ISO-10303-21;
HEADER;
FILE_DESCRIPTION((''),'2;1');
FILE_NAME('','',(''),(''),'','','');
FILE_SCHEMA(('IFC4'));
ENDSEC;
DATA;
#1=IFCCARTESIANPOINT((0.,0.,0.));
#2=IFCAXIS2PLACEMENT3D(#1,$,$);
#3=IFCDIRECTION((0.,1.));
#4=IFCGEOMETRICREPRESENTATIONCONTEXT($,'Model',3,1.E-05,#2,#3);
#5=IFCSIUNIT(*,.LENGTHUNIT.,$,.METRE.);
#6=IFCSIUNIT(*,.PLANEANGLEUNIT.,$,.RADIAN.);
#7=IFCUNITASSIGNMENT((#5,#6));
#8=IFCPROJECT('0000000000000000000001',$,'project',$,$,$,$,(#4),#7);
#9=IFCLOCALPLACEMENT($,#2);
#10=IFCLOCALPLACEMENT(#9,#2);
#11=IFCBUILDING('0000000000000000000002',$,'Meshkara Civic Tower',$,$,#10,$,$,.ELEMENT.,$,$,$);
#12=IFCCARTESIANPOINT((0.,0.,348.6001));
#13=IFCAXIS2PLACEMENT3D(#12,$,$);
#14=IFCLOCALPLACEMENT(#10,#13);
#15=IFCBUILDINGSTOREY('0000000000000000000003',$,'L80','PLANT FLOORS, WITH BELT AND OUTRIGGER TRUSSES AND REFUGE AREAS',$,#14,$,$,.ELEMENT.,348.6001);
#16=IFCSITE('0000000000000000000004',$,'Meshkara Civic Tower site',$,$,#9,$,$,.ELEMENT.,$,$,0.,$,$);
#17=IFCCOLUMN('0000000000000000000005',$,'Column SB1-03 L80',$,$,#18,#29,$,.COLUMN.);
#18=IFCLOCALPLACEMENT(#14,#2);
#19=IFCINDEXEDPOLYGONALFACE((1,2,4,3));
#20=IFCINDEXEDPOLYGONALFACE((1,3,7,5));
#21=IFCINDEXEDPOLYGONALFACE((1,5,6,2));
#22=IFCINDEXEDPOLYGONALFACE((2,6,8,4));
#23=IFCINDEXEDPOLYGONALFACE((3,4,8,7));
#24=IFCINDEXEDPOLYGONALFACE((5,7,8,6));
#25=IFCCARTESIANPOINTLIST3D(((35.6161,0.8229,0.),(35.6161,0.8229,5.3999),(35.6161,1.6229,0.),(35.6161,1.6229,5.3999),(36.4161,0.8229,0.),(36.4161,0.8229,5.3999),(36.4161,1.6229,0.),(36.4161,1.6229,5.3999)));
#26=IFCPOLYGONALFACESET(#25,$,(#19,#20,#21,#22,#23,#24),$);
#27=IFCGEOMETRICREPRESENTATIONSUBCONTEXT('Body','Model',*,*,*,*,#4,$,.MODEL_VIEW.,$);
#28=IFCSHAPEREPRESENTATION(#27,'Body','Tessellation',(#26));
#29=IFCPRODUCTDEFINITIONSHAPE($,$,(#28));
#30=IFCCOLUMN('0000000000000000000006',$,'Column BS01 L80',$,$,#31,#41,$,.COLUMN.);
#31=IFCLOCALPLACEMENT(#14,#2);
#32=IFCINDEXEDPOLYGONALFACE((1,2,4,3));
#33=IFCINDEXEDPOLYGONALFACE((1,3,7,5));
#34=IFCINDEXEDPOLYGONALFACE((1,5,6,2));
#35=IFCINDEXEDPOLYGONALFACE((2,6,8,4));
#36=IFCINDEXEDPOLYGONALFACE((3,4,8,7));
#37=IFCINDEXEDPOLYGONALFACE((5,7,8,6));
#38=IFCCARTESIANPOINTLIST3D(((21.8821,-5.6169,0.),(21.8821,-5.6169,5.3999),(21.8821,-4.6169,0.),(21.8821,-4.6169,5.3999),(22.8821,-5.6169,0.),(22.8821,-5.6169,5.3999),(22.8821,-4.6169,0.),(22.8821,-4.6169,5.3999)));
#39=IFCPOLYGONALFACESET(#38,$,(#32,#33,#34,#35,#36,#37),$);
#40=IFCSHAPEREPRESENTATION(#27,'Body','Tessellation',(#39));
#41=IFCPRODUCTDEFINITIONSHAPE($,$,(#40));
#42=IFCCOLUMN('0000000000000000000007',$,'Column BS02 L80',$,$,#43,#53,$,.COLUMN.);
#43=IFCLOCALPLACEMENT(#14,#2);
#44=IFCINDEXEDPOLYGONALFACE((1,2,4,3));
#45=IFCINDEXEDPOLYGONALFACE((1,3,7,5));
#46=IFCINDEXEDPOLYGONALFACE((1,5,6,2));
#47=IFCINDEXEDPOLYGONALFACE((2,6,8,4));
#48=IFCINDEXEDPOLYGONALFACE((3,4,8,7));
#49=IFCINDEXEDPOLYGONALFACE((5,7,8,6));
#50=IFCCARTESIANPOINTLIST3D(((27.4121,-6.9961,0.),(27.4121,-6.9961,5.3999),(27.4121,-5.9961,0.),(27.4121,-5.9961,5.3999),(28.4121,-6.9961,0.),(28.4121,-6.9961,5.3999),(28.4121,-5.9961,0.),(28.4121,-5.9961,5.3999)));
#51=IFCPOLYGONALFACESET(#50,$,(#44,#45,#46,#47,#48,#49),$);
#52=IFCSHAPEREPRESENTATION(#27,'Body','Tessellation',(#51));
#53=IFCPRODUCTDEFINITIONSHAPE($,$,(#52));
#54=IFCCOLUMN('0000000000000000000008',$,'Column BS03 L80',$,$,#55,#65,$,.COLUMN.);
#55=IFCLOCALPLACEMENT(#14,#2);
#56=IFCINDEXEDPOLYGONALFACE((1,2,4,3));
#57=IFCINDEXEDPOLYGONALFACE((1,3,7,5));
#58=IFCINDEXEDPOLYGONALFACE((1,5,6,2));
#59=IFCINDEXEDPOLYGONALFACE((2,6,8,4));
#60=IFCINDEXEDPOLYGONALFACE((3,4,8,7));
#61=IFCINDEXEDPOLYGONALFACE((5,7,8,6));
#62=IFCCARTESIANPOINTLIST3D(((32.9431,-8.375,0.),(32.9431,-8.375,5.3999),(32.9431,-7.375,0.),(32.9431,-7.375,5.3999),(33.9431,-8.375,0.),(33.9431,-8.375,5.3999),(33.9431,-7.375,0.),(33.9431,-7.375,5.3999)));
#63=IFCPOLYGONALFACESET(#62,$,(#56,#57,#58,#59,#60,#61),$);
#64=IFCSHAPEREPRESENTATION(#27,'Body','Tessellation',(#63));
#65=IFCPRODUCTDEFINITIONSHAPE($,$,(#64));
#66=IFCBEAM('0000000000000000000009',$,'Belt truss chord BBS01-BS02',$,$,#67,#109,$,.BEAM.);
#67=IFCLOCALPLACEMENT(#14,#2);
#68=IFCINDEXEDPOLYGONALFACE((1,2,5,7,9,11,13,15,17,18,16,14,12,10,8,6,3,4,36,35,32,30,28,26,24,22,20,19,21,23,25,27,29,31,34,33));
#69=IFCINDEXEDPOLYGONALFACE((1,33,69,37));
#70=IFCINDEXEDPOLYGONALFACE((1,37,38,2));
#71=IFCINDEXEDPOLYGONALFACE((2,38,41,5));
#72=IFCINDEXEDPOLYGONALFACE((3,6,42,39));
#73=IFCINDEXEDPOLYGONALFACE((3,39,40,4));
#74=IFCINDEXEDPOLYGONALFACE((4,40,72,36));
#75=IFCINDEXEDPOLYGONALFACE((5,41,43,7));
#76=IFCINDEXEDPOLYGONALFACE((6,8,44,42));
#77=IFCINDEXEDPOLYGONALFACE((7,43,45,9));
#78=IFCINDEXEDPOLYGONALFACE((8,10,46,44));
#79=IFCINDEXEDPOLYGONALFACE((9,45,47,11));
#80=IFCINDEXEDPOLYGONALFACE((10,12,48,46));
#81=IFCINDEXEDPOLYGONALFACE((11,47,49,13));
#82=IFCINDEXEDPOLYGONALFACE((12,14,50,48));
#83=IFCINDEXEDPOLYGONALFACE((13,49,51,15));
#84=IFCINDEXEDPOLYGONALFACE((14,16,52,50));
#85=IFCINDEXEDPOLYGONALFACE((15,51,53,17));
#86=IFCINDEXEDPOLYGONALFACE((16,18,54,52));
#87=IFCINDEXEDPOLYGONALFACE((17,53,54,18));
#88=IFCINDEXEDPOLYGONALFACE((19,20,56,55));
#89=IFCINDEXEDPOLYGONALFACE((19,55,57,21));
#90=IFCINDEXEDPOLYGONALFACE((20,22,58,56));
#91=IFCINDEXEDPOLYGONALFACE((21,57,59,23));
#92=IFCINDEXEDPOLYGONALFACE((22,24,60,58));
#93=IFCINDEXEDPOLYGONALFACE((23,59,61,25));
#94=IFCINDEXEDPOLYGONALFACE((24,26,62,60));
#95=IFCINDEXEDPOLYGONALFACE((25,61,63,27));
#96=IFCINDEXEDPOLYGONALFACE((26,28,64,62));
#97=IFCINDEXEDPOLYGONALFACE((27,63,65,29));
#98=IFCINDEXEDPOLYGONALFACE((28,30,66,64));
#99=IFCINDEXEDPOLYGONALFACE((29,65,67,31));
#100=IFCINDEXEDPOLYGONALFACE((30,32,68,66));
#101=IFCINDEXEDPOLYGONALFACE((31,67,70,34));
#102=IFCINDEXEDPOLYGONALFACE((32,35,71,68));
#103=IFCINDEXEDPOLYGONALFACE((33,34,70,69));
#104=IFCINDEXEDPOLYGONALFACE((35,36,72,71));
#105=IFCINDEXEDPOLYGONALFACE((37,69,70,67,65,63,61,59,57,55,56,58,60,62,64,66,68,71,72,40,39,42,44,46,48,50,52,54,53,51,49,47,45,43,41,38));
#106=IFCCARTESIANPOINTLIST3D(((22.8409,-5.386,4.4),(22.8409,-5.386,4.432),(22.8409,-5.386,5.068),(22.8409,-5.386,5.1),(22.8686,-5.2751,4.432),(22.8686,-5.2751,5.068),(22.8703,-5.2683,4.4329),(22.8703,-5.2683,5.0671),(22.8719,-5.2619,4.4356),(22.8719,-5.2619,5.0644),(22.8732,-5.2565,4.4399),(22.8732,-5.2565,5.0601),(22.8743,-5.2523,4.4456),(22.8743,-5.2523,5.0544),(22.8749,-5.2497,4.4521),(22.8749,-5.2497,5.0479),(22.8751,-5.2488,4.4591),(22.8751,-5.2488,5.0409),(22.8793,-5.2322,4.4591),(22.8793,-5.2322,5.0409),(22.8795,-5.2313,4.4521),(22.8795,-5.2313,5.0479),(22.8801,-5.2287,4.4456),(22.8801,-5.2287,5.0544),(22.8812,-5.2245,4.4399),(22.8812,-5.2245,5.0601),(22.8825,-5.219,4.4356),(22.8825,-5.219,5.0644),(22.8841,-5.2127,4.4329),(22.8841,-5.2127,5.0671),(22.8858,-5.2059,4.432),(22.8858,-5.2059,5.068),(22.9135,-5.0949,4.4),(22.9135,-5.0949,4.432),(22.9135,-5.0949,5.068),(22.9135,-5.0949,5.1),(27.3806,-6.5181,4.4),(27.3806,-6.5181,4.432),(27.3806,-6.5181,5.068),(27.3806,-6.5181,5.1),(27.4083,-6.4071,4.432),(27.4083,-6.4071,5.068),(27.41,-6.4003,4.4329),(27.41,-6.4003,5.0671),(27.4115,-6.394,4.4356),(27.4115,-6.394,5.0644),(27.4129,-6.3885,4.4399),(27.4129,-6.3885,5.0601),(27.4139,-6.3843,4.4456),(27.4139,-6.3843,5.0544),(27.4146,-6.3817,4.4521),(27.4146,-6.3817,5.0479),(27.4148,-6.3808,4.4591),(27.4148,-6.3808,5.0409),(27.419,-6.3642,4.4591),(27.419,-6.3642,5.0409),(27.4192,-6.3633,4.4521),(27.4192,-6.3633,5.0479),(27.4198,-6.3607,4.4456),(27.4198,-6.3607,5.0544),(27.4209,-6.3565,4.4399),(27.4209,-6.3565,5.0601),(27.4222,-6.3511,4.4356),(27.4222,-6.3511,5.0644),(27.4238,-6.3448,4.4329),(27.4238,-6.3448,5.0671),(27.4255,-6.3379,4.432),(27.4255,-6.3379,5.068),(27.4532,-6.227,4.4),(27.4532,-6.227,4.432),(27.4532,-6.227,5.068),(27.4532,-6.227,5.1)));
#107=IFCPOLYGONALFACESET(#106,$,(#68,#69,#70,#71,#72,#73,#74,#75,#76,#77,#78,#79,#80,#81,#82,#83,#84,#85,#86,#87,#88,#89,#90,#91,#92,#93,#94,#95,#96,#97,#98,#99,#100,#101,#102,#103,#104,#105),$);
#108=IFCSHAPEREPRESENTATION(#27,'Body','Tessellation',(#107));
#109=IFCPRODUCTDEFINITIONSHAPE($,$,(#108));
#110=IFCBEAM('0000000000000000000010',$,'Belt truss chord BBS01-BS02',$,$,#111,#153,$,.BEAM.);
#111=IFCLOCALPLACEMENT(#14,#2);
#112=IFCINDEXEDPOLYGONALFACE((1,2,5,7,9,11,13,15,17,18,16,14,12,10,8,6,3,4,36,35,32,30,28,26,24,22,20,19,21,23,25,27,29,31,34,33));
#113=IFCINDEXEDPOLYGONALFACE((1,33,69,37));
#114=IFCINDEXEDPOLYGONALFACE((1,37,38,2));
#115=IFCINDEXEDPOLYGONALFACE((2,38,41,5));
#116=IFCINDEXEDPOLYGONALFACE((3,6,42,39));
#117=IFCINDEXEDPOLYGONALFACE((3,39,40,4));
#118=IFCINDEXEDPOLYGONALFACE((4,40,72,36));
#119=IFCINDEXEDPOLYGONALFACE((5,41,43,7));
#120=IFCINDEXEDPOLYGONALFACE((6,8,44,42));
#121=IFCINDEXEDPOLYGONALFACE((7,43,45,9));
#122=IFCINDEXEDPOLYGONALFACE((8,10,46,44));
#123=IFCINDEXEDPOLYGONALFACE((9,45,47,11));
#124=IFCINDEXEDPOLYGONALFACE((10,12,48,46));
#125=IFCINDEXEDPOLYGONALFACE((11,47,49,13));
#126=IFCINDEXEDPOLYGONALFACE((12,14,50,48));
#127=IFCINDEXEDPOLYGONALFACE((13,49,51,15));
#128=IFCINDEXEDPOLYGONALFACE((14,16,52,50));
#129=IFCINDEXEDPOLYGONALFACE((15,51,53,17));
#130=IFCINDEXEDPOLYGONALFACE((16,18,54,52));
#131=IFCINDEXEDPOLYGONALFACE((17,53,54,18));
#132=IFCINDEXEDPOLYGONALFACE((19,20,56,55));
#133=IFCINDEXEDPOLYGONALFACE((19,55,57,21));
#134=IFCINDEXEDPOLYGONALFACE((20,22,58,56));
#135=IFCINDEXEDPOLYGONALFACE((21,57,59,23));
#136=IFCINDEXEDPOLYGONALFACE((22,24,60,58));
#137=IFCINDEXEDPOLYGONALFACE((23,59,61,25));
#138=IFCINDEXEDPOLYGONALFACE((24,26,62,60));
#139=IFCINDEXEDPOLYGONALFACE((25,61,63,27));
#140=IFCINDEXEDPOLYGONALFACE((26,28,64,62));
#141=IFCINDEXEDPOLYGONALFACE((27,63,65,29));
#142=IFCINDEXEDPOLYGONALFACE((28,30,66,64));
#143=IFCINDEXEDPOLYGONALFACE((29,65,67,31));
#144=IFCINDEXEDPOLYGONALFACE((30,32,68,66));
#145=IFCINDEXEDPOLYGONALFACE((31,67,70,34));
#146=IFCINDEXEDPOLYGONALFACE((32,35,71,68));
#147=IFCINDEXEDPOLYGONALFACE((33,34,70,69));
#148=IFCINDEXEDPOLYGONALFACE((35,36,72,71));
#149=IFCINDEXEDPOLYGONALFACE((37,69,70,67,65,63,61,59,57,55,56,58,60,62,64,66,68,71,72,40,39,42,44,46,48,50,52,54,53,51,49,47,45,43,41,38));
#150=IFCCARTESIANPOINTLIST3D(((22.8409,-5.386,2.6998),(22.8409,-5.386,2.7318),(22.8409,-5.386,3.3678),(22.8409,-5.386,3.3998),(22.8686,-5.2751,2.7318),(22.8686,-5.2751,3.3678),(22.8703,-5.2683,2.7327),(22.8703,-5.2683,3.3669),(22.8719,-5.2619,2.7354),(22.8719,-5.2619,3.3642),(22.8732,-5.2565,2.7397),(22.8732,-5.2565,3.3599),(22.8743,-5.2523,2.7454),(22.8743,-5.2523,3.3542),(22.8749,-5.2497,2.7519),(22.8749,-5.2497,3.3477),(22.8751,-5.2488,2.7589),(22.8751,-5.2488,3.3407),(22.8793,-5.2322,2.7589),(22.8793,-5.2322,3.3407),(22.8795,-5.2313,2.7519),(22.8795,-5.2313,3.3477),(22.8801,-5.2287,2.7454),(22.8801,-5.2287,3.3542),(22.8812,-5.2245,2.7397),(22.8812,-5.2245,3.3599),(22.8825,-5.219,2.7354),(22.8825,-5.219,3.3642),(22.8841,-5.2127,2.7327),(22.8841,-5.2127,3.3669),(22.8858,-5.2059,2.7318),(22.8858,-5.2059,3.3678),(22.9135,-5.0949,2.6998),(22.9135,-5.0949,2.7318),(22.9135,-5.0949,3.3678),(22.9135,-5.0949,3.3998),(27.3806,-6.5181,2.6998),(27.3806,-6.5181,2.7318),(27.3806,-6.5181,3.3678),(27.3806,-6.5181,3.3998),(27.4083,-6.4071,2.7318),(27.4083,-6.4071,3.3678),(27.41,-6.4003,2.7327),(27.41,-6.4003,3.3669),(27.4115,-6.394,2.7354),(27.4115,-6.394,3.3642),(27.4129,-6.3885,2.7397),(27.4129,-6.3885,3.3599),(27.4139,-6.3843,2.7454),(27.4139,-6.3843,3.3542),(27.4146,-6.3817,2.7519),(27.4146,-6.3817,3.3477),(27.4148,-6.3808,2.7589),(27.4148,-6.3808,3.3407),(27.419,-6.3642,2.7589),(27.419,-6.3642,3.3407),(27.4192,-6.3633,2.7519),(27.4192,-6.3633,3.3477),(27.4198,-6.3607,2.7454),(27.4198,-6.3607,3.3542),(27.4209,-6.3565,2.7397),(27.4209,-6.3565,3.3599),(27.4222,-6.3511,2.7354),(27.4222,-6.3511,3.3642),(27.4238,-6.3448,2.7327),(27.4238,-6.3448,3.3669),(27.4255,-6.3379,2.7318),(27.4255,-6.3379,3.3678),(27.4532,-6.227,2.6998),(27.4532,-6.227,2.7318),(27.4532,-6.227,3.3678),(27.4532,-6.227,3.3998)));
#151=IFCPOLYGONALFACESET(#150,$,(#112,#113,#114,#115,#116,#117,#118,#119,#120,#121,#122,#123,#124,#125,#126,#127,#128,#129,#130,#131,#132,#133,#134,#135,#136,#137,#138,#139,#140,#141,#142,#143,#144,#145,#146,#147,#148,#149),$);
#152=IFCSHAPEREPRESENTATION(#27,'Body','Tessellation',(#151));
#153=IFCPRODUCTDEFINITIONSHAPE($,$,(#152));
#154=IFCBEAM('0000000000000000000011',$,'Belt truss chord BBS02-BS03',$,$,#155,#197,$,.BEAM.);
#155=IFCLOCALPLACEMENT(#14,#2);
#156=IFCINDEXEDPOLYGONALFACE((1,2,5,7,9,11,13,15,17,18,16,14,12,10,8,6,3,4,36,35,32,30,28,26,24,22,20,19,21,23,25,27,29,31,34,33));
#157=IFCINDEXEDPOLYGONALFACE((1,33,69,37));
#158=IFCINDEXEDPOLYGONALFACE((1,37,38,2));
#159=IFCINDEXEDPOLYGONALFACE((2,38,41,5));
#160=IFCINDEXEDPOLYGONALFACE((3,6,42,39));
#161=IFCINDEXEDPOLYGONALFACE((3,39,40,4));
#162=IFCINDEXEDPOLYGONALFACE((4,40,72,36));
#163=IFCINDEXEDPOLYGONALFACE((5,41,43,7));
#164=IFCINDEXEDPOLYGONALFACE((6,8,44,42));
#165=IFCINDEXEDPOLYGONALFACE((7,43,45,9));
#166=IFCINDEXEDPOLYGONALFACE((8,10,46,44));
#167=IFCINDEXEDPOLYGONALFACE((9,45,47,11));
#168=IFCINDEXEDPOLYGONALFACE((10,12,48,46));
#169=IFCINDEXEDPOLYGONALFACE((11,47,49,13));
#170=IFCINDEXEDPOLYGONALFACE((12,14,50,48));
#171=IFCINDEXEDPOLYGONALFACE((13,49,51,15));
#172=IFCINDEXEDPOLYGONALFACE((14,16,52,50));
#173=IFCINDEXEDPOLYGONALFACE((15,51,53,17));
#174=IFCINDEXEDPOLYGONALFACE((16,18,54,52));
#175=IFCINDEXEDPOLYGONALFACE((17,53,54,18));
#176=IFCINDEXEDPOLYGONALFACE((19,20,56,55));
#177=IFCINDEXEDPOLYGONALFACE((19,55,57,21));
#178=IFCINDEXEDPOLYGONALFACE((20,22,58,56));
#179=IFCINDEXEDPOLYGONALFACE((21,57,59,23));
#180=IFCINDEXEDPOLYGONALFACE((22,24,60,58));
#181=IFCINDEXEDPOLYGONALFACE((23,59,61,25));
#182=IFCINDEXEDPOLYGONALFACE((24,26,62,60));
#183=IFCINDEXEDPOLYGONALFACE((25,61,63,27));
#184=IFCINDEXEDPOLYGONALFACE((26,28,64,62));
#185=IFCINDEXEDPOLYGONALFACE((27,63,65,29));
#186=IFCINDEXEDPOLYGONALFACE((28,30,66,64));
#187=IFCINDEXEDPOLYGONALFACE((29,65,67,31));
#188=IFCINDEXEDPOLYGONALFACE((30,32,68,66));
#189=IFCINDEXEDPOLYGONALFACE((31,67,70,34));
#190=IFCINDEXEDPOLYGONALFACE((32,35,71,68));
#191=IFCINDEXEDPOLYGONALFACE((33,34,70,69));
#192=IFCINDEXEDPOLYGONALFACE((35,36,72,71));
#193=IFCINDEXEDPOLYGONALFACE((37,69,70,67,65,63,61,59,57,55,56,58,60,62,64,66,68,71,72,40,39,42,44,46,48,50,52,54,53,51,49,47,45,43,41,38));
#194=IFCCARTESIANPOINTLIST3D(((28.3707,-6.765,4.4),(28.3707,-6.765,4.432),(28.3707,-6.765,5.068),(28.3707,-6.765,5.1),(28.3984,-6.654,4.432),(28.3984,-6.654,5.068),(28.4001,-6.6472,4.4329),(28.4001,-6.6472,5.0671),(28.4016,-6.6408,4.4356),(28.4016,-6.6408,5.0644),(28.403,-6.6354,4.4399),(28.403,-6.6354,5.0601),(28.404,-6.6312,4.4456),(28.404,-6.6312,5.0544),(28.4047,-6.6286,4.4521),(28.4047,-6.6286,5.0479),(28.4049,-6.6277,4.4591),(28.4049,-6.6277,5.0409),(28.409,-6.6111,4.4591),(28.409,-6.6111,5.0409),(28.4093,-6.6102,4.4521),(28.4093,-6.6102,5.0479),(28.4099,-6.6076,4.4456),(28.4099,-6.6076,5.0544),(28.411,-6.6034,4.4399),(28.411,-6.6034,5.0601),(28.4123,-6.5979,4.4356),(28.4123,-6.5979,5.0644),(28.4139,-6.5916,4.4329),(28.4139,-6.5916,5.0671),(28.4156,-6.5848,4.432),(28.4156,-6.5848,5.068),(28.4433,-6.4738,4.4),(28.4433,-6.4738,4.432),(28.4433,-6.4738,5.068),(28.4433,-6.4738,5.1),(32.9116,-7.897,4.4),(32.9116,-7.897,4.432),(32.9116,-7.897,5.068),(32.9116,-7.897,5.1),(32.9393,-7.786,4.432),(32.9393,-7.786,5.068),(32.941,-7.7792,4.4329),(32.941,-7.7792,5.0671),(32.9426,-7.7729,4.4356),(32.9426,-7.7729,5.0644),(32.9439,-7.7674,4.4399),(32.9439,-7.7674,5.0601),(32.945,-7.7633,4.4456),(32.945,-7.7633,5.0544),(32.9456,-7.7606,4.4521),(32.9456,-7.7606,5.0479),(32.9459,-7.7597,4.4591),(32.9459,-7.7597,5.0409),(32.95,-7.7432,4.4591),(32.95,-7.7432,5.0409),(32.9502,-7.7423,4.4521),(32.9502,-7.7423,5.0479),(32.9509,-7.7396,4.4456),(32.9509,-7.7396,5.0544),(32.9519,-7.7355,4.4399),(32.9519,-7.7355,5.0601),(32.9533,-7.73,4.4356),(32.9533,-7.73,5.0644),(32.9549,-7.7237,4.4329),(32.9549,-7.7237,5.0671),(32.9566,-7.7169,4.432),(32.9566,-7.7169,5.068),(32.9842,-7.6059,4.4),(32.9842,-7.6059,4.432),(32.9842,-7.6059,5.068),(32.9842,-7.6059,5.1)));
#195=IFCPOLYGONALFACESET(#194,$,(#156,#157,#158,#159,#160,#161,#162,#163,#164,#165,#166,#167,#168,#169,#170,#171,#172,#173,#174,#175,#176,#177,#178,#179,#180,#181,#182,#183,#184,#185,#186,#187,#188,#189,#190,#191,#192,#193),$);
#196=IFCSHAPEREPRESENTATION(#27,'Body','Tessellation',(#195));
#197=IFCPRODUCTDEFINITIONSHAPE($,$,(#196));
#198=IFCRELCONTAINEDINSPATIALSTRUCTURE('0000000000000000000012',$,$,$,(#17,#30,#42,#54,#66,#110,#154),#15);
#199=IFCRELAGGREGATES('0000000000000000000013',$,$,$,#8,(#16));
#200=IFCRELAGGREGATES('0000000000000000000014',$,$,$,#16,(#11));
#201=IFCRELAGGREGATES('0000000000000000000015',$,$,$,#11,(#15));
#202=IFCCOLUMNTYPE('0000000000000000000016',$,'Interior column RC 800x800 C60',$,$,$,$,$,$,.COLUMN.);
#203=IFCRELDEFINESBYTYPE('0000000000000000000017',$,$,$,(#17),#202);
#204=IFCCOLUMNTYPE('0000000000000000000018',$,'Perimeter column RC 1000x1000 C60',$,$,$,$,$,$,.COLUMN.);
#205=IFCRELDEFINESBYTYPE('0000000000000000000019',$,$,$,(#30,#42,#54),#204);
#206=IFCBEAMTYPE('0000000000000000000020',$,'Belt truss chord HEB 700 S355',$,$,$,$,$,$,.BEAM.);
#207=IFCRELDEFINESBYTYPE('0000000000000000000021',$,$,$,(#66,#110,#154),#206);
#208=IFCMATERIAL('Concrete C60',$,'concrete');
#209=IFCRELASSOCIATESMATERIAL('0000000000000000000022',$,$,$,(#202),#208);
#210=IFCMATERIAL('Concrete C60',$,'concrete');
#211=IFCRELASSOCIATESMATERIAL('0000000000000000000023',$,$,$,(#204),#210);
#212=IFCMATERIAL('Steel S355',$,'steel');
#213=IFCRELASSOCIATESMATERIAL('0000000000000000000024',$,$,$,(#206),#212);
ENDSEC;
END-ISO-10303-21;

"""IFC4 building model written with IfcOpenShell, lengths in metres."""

from ifc_helpers import new_model, si_unit, direction, frame, origin, origin_2d, place, context, subcontext, project, spatial, rectangle, i_section, extrude, material, material_profile, profile_set, type_object, element, save


model = new_model("IFC4")

# Units and contexts
model_context = context("Model", 3, precision=1e-05, world=origin(), true_north=direction((0.0, 1.0)))
body_context = subcontext(model_context, "Body", "Model", "MODEL_VIEW")
ifc_project = project(units=[si_unit("LENGTHUNIT", "METRE"), si_unit("PLANEANGLEUNIT", "RADIAN")], contexts=[model_context])

# Site, building, storey
site_placement = place(None, origin())
site = spatial("IfcSite", under=ifc_project, at=site_placement, Name="Meshkara Civic Tower site", CompositionType="ELEMENT", RefElevation=0.0)
building_placement = place(site_placement, origin())
building = spatial("IfcBuilding", under=site, at=building_placement, Name="Meshkara Civic Tower", CompositionType="ELEMENT")
storey_placement = place(building_placement, frame((0.0, 0.0, 348.6001)))
storey = spatial("IfcBuildingStorey", under=building, at=storey_placement, Name="L80", Description="PLANT FLOORS, WITH BELT AND OUTRIGGER TRUSSES AND REFUGE AREAS", CompositionType="ELEMENT", Elevation=348.6001)

# Columns
ifc_material_1 = material(Name="Concrete C60", Category="concrete")
ifc_material_profile_1 = material_profile(ifc_material_1, rectangle(XDim=0.8, YDim=0.8, at=origin_2d()))
ifc_profile_set_1 = profile_set([ifc_material_profile_1], Name="Concrete C60")
column_type_1 = type_object("IfcColumnType", Name="Interior column RC 800x800 C60", PredefinedType="COLUMN", material=ifc_profile_set_1)
column_placement = place(storey_placement, frame((36.0161, 1.2229, 0.0), z_axis=(0.0, 0.0, 1.0), x_axis=(1.0, 0.0, 0.0)))
element("IfcColumn", 1, at=column_placement, inside=storey, type_object=column_type_1, Name="Column SB1-03 L80", PredefinedType="COLUMN", context=body_context, shape_type="SweptSolid", body=[
    extrude(rectangle(XDim=0.8, YDim=0.8, at=origin_2d()), origin(), (0.0, 0.0, 1.0), 5.3999),
])
ifc_material_2 = material(Name="Concrete C60", Category="concrete")
ifc_material_profile_2 = material_profile(ifc_material_2, rectangle(XDim=1.0, YDim=1.0, at=origin_2d()))
ifc_profile_set_2 = profile_set([ifc_material_profile_2], Name="Concrete C60")
column_type_2 = type_object("IfcColumnType", Name="Perimeter column RC 1000x1000 C60", PredefinedType="COLUMN", material=ifc_profile_set_2)
for number, where, z_axis, x_axis, name in (
    (2, (22.3821, -5.1169, 0.0), (0.0, 0.0, 1.0), (1.0, 0.0, 0.0), "Column BS01 L80"),
    (3, (27.9121, -6.4961, 0.0), (0.0, 0.0, 1.0), (1.0, 0.0, 0.0), "Column BS02 L80"),
    (4, (33.4431, -7.875, 0.0), (0.0, 0.0, 1.0), (1.0, 0.0, 0.0), "Column BS03 L80"),
):
    element("IfcColumn", number, at=place(storey_placement, frame(where, z_axis=z_axis, x_axis=x_axis)), inside=storey, type_object=column_type_2, Name=name, PredefinedType="COLUMN", context=body_context, shape_type="SweptSolid", body=[
        extrude(rectangle(XDim=1.0, YDim=1.0, at=origin_2d()), origin(), (0.0, 0.0, 1.0), 5.3999),
    ])

# Beams
ifc_material_3 = material(Name="Steel S355", Category="steel")
ifc_material_profile_3 = material_profile(ifc_material_3, i_section(OverallWidth=0.3, OverallDepth=0.7, WebThickness=0.0171, FlangeThickness=0.032, FilletRadius=0.0271, at=origin_2d()))
ifc_profile_set_3 = profile_set([ifc_material_profile_3], Name="Steel S355")
beam_type_1 = type_object("IfcBeamType", Name="Belt truss chord HEB 700 S355", PredefinedType="BEAM", material=ifc_profile_set_3)
for number, where, z_axis, x_axis, name in (
    (5, (22.8772, -5.2405, 4.75), (0.970287, -0.241959, 0.0), (0.241959, 0.970287, 0.0), "Belt truss chord BBS01-BS02"),
    (6, (22.8772, -5.2405, 3.0498), (0.970287, -0.241959, 0.0), (0.241959, 0.970287, 0.0), "Belt truss chord BBS01-BS02"),
):
    element("IfcBeam", number, at=place(storey_placement, frame(where, z_axis=z_axis, x_axis=x_axis)), inside=storey, type_object=beam_type_1, Name=name, PredefinedType="BEAM", context=body_context, shape_type="SweptSolid", body=[
        extrude(i_section(OverallWidth=0.3, OverallDepth=0.7, WebThickness=0.0171, FlangeThickness=0.032, FilletRadius=0.0271, at=origin_2d()), origin(), (0.0, 0.0, 1.0), 4.6787),
    ])
for number, where, z_axis, x_axis, name in (
    (7, (28.407, -6.6194, 4.75), (0.970302, -0.241897, 0.0), (0.241897, 0.970302, 0.0), "Belt truss chord BBS02-BS03"),
):
    element("IfcBeam", number, at=place(storey_placement, frame(where, z_axis=z_axis, x_axis=x_axis)), inside=storey, type_object=beam_type_1, Name=name, PredefinedType="BEAM", context=body_context, shape_type="SweptSolid", body=[
        extrude(i_section(OverallWidth=0.3, OverallDepth=0.7, WebThickness=0.0171, FlangeThickness=0.032, FilletRadius=0.0271, at=origin_2d()), origin(), (0.0, 0.0, 1.0), 4.6799),
    ])

save(model, "model.ifc")
